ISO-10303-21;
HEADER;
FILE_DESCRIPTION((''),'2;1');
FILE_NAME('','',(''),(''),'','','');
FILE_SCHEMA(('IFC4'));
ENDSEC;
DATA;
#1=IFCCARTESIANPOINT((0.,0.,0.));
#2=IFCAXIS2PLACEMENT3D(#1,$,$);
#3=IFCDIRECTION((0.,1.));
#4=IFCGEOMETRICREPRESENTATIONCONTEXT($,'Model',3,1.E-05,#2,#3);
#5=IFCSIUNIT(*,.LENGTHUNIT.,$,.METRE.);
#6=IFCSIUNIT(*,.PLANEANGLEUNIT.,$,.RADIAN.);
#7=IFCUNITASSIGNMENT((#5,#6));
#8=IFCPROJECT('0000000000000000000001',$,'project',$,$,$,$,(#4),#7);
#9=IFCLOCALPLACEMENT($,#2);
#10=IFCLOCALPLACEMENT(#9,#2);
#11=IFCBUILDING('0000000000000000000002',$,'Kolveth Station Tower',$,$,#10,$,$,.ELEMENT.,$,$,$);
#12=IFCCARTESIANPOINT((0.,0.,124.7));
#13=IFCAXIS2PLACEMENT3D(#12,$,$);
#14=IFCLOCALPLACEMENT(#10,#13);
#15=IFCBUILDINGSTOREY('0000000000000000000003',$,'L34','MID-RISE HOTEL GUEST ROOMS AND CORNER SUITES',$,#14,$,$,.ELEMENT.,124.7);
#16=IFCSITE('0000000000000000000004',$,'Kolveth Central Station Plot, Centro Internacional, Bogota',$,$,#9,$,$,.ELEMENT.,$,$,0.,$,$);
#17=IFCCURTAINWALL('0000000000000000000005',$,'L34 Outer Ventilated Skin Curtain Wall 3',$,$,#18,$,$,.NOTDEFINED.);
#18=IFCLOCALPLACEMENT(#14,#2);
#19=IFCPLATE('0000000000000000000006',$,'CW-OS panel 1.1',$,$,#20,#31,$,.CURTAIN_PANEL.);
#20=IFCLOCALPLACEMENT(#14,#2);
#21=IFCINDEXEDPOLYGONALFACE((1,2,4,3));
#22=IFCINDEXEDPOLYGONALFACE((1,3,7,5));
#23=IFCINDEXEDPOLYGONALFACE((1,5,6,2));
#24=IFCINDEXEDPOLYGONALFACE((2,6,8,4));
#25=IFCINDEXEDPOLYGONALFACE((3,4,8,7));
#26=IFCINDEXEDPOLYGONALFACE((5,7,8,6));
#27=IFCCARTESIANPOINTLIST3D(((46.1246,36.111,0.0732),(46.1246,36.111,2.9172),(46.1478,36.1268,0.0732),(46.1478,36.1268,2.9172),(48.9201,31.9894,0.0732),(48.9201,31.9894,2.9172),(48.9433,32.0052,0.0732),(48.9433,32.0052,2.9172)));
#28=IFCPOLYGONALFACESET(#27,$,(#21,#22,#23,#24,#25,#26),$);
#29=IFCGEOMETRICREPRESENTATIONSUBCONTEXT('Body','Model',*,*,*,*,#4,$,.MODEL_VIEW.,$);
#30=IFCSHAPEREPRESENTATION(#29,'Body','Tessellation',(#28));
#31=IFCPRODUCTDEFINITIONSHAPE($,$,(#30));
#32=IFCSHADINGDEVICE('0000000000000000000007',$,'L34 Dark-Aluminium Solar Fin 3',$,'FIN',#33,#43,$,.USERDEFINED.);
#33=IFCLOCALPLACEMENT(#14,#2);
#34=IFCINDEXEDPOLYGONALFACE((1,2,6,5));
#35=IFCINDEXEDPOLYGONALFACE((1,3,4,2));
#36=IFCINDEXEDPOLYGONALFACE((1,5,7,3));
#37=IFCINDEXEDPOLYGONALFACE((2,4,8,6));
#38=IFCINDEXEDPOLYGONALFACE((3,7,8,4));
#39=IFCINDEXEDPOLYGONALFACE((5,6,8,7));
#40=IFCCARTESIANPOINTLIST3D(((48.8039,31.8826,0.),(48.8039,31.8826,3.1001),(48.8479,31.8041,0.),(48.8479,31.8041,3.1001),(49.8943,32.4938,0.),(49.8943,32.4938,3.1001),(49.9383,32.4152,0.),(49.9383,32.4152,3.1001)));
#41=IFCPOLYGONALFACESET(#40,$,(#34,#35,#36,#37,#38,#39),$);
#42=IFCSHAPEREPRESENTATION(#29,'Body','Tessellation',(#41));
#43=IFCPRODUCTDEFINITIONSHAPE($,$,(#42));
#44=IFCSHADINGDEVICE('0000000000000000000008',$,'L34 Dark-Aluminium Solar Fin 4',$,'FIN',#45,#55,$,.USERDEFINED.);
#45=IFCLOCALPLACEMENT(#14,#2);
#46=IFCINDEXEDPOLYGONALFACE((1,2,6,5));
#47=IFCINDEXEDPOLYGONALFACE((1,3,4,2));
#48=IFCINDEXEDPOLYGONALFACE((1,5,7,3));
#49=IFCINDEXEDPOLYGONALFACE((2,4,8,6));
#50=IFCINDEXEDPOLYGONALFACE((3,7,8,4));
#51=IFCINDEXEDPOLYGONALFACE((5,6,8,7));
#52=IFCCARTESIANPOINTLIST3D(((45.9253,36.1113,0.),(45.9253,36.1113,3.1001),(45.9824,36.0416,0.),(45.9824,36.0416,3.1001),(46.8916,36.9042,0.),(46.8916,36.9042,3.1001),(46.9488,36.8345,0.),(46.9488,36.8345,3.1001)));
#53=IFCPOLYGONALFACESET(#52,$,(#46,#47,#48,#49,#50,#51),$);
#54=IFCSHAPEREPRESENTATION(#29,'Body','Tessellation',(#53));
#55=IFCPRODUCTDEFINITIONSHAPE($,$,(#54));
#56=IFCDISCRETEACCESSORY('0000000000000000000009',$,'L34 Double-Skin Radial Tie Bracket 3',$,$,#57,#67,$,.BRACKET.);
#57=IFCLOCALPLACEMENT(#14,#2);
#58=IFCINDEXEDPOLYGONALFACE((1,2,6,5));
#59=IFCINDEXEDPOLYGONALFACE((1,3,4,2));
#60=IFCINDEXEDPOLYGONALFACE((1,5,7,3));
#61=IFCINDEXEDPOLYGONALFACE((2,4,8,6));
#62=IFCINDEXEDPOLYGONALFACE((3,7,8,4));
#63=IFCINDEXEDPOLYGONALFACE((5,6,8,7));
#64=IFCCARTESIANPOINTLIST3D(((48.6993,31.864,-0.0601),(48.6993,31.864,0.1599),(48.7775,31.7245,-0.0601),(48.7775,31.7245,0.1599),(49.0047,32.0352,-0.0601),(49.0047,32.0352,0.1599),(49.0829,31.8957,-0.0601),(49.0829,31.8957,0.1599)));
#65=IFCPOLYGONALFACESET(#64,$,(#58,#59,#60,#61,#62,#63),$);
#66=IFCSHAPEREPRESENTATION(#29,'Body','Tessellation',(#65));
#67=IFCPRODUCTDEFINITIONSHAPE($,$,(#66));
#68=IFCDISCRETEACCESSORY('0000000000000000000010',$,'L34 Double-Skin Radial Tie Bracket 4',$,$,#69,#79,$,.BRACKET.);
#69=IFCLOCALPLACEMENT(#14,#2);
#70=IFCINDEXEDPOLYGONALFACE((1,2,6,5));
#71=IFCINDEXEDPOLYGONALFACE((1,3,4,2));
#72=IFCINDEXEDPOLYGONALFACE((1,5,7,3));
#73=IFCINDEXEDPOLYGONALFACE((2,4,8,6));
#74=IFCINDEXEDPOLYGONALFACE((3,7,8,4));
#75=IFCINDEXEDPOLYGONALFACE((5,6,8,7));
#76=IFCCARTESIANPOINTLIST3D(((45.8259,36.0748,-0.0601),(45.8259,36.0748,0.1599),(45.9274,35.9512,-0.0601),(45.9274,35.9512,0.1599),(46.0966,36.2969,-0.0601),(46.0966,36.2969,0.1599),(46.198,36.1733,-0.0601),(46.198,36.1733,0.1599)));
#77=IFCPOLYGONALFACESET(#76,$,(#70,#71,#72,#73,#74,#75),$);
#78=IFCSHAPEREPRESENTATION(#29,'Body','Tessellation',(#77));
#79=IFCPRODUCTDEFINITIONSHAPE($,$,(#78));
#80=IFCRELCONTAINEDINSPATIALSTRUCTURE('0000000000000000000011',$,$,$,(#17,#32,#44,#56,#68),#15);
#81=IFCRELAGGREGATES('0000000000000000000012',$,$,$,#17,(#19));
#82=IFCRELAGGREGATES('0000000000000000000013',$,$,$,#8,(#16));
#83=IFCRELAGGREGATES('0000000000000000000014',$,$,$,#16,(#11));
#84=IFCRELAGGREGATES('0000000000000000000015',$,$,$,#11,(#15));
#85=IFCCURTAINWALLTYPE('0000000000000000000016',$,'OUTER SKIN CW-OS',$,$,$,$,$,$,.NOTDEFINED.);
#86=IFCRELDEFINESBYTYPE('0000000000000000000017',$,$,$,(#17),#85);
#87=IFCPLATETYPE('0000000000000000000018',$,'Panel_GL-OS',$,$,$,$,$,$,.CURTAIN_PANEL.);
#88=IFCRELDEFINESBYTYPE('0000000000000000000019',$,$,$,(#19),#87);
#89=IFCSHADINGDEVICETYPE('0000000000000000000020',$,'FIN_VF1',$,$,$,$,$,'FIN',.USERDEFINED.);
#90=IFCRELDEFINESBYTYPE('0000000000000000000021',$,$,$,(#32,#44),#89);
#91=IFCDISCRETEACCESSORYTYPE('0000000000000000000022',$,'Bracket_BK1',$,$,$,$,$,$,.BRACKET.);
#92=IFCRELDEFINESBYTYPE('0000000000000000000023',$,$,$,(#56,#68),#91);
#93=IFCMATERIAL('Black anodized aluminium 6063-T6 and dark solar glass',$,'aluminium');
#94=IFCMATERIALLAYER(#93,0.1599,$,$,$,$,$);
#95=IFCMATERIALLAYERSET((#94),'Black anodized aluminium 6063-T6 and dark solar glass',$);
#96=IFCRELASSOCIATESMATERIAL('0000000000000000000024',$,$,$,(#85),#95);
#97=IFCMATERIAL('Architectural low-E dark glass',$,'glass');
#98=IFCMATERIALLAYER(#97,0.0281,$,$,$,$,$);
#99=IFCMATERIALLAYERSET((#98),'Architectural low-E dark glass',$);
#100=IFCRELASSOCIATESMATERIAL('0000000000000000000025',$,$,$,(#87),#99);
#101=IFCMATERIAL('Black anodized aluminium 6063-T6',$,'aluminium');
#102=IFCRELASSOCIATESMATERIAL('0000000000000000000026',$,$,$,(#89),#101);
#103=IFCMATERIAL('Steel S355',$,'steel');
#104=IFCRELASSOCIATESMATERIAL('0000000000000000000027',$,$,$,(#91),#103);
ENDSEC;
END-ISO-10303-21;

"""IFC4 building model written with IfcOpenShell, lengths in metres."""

from ifc_helpers import new_model, si_unit, direction, frame, origin, origin_2d, place, context, subcontext, project, spatial, rectangle, extrude, source, transform, mapped, material, layer, layer_set, type_object, element, aggregate, save


model = new_model("IFC4")

# Units and contexts
model_context = context("Model", 3, precision=1e-05, world=origin(), true_north=direction((0.0, 1.0)))
body_context = subcontext(model_context, "Body", "Model", "MODEL_VIEW")
ifc_project = project(units=[si_unit("LENGTHUNIT", "METRE"), si_unit("PLANEANGLEUNIT", "RADIAN")], contexts=[model_context])

# Site, building, storey
site_placement = place(None, origin())
site = spatial("IfcSite", under=ifc_project, at=site_placement, Name="Kolveth Central Station Plot, Centro Internacional, Bogota", CompositionType="ELEMENT", RefElevation=0.0)
building_placement = place(site_placement, origin())
building = spatial("IfcBuilding", under=site, at=building_placement, Name="Kolveth Station Tower", CompositionType="ELEMENT")
storey_placement = place(building_placement, frame((0.0, 0.0, 124.7)))
storey = spatial("IfcBuildingStorey", under=building, at=storey_placement, Name="L34", Description="MID-RISE HOTEL GUEST ROOMS AND CORNER SUITES", CompositionType="ELEMENT", Elevation=124.7)

# Shared definitions
ifc_material_1 = material(Name="Black anodized aluminium 6063-T6", Category="aluminium")

# Shared definitions
ifc_material_2 = material(Name="Black anodized aluminium 6063-T6 and dark solar glass", Category="aluminium")
ifc_layer_1 = layer(ifc_material_2, 0.1599)
ifc_layer_set_1 = layer_set([ifc_layer_1], Name="Black anodized aluminium 6063-T6 and dark solar glass")
curtain_wall_type_1 = type_object("IfcCurtainWallType", Name="OUTER SKIN CW-OS", PredefinedType="NOTDEFINED", material=ifc_layer_set_1)

# Curtain wall
curtain_wall_1_placement = place(storey_placement, origin())
curtain_wall_1 = element("IfcCurtainWall", 1, at=curtain_wall_1_placement, inside=storey, type_object=curtain_wall_type_1, Name="L34 Outer Ventilated Skin Curtain Wall 3", PredefinedType="NOTDEFINED")

# Plate
ifc_material_3 = material(Name="Architectural low-E dark glass", Category="glass")
ifc_layer_2 = layer(ifc_material_3, 0.0281)
ifc_layer_set_2 = layer_set([ifc_layer_2], Name="Architectural low-E dark glass")
plate_type_1 = type_object("IfcPlateType", Name="Panel_GL-OS", PredefinedType="CURTAIN_PANEL", material=ifc_layer_set_2)
shared_shape_1 = source(origin(), body_context, "Body", "SweptSolid", [
    extrude(rectangle(XDim=4.9802, YDim=0.0281, at=origin_2d()), origin(), (0.0, 0.0, 1.0), 2.844),
])
plate_1_placement = place(storey_placement, frame((47.5339, 34.0581, 0.0732), z_axis=(0.0, 0.0, 1.0), x_axis=(-0.561324, 0.827596, 0.0)))
plate_1 = element("IfcPlate", 2, at=plate_1_placement, type_object=plate_type_1, Name="CW-OS panel 1.1", PredefinedType="CURTAIN_PANEL", context=body_context, shape_type="MappedRepresentation", body=[
    mapped(shared_shape_1, transform((0.0, 0.0, 0.0), x_axis=(1.0, 0.0, 0.0), y_axis=(0.0, 1.0, 0.0), z_axis=(0.0, 0.0, 1.0), scale=1.0)),
])
aggregate(curtain_wall_1, [plate_1])

# Shading devices
shading_device_type = type_object("IfcShadingDeviceType", Name="FIN_VF1", ElementType="FIN", PredefinedType="USERDEFINED", material=ifc_material_1)
shared_shape_2 = source(origin(), body_context, "Body", "SweptSolid", [
    extrude(rectangle(XDim=1.25, YDim=0.0901, at=origin_2d()), origin(), (0.0, 0.0, 1.0), 3.1001),
])
for number, where, z_axis, x_axis, name in (
    (3, (49.3711, 32.1489, 0.0), (0.0, 0.0, 1.0), (0.872325, 0.488926, 0.0), "L34 Dark-Aluminium Solar Fin 3"),
    (4, (46.437, 36.4729, 0.0), (0.0, 0.0, 1.0), (0.773066, 0.634326, 0.0), "L34 Dark-Aluminium Solar Fin 4"),
):
    element("IfcShadingDevice", number, at=place(storey_placement, frame(where, z_axis=z_axis, x_axis=x_axis)), inside=storey, type_object=shading_device_type, Name=name, ObjectType="FIN", PredefinedType="USERDEFINED", context=body_context, shape_type="MappedRepresentation", body=[
        mapped(shared_shape_2, transform((0.0, 0.0, 0.0), x_axis=(1.0, 0.0, 0.0), y_axis=(0.0, 1.0, 0.0), z_axis=(0.0, 0.0, 1.0), scale=1.0)),
    ])

# Discrete accessories
ifc_material_4 = material(Name="Steel S355", Category="steel")
discrete_accessory_type = type_object("IfcDiscreteAccessoryType", Name="Bracket_BK1", PredefinedType="BRACKET", material=ifc_material_4)
shared_shape_3 = source(origin(), body_context, "Body", "SweptSolid", [
    extrude(rectangle(XDim=0.3501, YDim=0.1599, at=origin_2d()), origin(), (0.0, 0.0, 1.0), 0.22),
])
for number, where, z_axis, x_axis, name in (
    (5, (48.8911, 31.8799, -0.0601), (0.0, 0.0, 1.0), (0.872325, 0.488926, 0.0), "L34 Double-Skin Radial Tie Bracket 3"),
    (6, (46.012, 36.124, -0.0601), (0.0, 0.0, 1.0), (0.773066, 0.634326, 0.0), "L34 Double-Skin Radial Tie Bracket 4"),
):
    element("IfcDiscreteAccessory", number, at=place(storey_placement, frame(where, z_axis=z_axis, x_axis=x_axis)), inside=storey, type_object=discrete_accessory_type, Name=name, PredefinedType="BRACKET", context=body_context, shape_type="MappedRepresentation", body=[
        mapped(shared_shape_3, transform((0.0, 0.0, 0.0), x_axis=(1.0, 0.0, 0.0), y_axis=(0.0, 1.0, 0.0), z_axis=(0.0, 0.0, 1.0), scale=1.0)),
    ])

save(model, "model.ifc")
